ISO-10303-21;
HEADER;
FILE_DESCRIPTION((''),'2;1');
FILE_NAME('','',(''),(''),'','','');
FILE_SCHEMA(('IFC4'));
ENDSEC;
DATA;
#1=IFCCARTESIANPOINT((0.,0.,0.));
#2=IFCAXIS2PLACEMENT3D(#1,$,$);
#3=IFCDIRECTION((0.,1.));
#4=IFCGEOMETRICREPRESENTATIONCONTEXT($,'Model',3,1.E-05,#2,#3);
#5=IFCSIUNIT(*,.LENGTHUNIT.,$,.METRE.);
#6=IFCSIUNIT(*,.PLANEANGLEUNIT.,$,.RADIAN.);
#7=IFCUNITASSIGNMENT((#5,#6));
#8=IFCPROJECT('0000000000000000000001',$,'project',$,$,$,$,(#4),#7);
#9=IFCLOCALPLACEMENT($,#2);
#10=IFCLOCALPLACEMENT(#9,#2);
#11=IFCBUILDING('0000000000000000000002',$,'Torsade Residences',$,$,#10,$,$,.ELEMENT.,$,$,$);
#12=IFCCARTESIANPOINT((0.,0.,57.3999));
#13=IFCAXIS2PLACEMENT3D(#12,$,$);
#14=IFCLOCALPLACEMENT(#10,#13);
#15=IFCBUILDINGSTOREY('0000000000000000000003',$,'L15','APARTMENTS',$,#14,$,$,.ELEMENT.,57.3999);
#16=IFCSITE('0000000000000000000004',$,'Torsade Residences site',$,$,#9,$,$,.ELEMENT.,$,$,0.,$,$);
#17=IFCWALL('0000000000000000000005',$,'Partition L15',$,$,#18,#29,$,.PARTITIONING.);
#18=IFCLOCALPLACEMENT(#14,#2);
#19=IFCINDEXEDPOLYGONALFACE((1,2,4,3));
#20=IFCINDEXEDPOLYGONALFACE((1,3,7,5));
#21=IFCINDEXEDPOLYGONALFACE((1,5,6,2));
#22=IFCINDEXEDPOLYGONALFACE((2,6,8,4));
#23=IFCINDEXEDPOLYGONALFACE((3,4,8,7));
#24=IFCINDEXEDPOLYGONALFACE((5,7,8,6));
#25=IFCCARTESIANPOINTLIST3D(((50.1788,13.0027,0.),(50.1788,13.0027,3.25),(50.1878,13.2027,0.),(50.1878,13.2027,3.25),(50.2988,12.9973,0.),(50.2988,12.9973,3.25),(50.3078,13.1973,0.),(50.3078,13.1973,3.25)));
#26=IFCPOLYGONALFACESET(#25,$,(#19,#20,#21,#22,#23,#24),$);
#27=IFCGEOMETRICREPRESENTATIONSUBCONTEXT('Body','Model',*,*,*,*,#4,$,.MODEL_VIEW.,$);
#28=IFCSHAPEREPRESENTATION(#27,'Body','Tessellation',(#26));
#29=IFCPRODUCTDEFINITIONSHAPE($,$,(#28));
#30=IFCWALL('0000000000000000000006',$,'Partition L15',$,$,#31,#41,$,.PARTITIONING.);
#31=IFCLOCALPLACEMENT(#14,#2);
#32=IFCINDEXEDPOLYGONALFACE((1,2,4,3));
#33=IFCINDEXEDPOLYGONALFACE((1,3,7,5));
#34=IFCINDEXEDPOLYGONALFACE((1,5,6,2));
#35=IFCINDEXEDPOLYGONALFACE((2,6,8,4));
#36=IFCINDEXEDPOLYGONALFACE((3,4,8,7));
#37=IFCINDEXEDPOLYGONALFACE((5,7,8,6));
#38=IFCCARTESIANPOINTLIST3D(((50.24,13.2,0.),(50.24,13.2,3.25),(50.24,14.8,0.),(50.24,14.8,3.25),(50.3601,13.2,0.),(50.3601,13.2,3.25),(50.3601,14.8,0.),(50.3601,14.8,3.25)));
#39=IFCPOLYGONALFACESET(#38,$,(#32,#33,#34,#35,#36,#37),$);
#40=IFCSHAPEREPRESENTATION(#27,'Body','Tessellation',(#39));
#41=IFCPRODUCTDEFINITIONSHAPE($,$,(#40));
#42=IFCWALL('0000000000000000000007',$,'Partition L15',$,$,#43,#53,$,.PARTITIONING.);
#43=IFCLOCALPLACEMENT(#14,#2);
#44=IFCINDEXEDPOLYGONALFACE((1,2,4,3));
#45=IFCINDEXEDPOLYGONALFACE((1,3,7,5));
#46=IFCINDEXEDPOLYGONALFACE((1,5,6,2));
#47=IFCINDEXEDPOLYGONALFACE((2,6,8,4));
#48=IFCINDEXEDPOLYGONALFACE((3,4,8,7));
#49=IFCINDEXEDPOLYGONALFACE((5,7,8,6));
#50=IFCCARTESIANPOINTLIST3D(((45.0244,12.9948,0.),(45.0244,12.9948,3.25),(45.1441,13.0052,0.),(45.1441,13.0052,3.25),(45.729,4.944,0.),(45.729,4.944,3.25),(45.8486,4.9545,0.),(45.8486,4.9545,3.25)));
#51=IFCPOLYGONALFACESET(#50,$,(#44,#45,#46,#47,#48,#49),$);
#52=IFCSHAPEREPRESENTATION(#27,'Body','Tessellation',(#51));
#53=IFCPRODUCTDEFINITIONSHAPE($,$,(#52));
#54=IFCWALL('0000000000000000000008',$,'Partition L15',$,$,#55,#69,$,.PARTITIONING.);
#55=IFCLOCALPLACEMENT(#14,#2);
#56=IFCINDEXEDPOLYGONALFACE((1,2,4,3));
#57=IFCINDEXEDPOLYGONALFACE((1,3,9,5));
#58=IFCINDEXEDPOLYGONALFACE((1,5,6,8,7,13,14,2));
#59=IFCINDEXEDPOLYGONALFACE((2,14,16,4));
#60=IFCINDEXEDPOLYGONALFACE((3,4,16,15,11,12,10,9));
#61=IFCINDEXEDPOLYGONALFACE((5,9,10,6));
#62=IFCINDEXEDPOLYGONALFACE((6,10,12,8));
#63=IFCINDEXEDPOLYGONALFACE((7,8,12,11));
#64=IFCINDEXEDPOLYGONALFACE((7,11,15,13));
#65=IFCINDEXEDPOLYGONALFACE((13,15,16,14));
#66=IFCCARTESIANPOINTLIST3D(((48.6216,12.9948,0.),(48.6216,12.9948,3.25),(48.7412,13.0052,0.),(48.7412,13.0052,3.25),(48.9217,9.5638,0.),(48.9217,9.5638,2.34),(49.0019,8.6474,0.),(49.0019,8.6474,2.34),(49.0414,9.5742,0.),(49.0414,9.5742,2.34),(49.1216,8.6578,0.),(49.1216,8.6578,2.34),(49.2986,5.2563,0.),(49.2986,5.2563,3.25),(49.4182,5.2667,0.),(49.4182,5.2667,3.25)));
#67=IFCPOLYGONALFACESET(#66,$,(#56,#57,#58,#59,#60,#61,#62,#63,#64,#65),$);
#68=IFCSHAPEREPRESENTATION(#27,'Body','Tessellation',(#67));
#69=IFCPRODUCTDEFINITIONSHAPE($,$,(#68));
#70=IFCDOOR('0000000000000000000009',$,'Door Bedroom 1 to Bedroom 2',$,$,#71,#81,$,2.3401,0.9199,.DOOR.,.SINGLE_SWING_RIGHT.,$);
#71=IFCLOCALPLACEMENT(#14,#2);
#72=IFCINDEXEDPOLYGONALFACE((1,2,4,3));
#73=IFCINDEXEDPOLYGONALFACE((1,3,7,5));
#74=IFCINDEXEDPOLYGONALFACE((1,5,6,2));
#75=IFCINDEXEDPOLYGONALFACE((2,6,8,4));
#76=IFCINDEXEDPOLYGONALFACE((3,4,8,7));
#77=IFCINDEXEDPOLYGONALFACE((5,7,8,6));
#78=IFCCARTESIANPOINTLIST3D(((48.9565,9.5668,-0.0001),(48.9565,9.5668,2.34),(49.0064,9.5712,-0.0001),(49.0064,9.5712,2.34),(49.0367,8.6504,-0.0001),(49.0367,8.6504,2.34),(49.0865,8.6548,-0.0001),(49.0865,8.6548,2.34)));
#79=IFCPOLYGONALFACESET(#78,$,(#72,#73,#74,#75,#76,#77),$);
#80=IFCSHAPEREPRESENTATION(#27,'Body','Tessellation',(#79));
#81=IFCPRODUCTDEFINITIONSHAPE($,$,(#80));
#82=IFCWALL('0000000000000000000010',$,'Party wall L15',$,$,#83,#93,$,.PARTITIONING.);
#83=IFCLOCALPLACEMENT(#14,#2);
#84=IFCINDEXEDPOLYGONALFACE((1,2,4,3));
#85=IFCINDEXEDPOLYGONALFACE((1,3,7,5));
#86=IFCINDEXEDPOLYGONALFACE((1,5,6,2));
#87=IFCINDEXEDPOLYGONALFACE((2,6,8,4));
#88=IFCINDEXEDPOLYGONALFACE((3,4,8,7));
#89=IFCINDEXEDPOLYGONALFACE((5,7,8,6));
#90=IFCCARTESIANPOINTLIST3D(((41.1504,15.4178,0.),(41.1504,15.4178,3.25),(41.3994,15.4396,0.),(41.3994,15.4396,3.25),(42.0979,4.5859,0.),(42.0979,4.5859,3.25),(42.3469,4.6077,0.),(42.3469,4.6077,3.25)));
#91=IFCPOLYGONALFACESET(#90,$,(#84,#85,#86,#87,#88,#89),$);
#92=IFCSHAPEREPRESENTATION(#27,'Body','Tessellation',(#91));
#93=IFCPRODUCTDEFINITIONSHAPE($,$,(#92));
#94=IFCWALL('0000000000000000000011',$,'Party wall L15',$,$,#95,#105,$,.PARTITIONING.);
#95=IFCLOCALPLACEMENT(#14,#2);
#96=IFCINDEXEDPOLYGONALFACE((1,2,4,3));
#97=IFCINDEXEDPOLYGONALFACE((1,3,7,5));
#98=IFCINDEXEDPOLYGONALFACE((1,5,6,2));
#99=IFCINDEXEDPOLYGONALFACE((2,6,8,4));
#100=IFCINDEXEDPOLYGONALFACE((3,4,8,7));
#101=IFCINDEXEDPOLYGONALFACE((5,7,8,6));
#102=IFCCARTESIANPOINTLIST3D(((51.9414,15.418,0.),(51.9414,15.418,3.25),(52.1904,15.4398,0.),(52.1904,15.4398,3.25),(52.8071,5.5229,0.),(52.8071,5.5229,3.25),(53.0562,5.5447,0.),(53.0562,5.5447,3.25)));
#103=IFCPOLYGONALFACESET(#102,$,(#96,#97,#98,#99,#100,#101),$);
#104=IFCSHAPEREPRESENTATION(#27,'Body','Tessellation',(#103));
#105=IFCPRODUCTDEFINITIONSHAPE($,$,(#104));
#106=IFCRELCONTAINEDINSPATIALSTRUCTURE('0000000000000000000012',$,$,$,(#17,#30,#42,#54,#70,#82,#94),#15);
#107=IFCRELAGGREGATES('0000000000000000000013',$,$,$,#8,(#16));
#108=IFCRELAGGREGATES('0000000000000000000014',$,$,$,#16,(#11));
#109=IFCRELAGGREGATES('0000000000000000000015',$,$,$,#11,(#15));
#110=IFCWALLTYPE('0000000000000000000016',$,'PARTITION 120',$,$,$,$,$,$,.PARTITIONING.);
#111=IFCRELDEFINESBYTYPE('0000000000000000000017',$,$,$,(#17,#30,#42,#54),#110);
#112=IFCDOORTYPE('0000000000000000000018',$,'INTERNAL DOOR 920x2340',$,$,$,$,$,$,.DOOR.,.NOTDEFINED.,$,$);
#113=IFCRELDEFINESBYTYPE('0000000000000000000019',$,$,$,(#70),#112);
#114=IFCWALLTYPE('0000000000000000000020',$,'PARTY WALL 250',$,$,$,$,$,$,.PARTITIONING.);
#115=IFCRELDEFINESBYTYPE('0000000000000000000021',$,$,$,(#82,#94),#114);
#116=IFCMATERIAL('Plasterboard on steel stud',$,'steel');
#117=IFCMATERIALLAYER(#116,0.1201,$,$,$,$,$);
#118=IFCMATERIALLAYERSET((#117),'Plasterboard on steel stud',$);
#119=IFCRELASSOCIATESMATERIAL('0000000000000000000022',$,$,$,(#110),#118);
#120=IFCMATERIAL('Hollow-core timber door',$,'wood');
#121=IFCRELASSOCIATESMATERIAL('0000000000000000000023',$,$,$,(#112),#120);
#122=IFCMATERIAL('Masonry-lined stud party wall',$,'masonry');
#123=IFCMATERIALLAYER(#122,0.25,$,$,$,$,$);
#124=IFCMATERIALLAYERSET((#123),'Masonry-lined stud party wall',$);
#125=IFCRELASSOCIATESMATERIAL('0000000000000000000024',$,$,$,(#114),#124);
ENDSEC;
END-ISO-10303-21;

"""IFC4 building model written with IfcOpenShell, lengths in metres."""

from ifc_helpers import new_model, si_unit, direction, frame, frame_2d, origin, place, context, subcontext, project, spatial, rectangle, extrude, material, layer, layer_set, type_object, element, fill, save


model = new_model("IFC4")

# Units and contexts
model_context = context("Model", 3, precision=1e-05, world=origin(), true_north=direction((0.0, 1.0)))
body_context = subcontext(model_context, "Body", "Model", "MODEL_VIEW")
ifc_project = project(units=[si_unit("LENGTHUNIT", "METRE"), si_unit("PLANEANGLEUNIT", "RADIAN")], contexts=[model_context])

# Site, building, storey
site_placement = place(None, origin())
site = spatial("IfcSite", under=ifc_project, at=site_placement, Name="Torsade Residences site", CompositionType="ELEMENT", RefElevation=0.0)
building_placement = place(site_placement, origin())
building = spatial("IfcBuilding", under=site, at=building_placement, Name="Torsade Residences", CompositionType="ELEMENT")
storey_placement = place(building_placement, frame((0.0, 0.0, 57.3999)))
storey = spatial("IfcBuildingStorey", under=building, at=storey_placement, Name="L15", Description="APARTMENTS", CompositionType="ELEMENT", Elevation=57.3999)

# Shared definitions
ifc_material_1 = material(Name="Plasterboard on steel stud", Category="steel")
ifc_layer_1 = layer(ifc_material_1, 0.1201)
ifc_layer_set_1 = layer_set([ifc_layer_1], Name="Plasterboard on steel stud")
wall_type_1 = type_object("IfcWallType", Name="PARTITION 120", PredefinedType="PARTITIONING", material=ifc_layer_set_1)
ifc_material_2 = material(Name="Hollow-core timber door", Category="wood")
door_type_1 = type_object("IfcDoorType", Name="INTERNAL DOOR 920x2340", OperationType="NOTDEFINED", PredefinedType="DOOR", material=ifc_material_2)

# Walls
wall_1_placement = place(storey_placement, frame((50.2388, 13.0, 0.0), z_axis=(0.0, 0.0, 1.0), x_axis=(0.045131, 0.998981, 0.0)))
element("IfcWall", 1, at=wall_1_placement, inside=storey, type_object=wall_type_1, Name="Partition L15", PredefinedType="PARTITIONING", context=body_context, shape_type="SweptSolid", body=[
    extrude(rectangle(XDim=0.2002, YDim=0.1201, at=frame_2d((0.1001, 0.0))), origin(), (0.0, 0.0, 1.0), 3.25),
])
wall_2_placement = place(storey_placement, frame((50.3, 13.2, 0.0), z_axis=(0.0, 0.0, 1.0), x_axis=(0.0, 1.0, 0.0)))
element("IfcWall", 2, at=wall_2_placement, inside=storey, type_object=wall_type_1, Name="Partition L15", PredefinedType="PARTITIONING", context=body_context, shape_type="SweptSolid", body=[
    extrude(rectangle(XDim=1.6001, YDim=0.1201, at=frame_2d((0.8, 0.0))), origin(), (0.0, 0.0, 1.0), 3.25),
])
wall_3_placement = place(storey_placement, frame((45.0842, 13.0, 0.0), z_axis=(0.0, 0.0, 1.0), x_axis=(0.087185, -0.996192, 0.0)))
element("IfcWall", 3, at=wall_3_placement, inside=storey, type_object=wall_type_1, Name="Partition L15", PredefinedType="PARTITIONING", context=body_context, shape_type="SweptSolid", body=[
    extrude(rectangle(XDim=8.0815, YDim=0.1201, at=frame_2d((4.0408, 0.0))), origin(), (0.0, 0.0, 1.0), 3.25),
])

# Wall, opening, door
wall_4_placement = place(storey_placement, frame((48.6814, 13.0, 0.0), z_axis=(0.0, 0.0, 1.0), x_axis=(0.087152, -0.996195, 0.0)))
wall_4 = element("IfcWall", 4, at=wall_4_placement, inside=storey, type_object=wall_type_1, Name="Partition L15", PredefinedType="PARTITIONING", context=body_context, shape_type="SweptSolid", body=[
    extrude(rectangle(XDim=7.7681, YDim=0.1201, at=frame_2d((3.884, 0.0))), origin(), (0.0, 0.0, 1.0), 3.25),
])
opening_1_placement = place(wall_4_placement, frame((3.4441, 0.0, 0.0)))
opening_1 = element("IfcOpeningElement", 5, at=opening_1_placement, cuts=wall_4, PredefinedType="OPENING", context=body_context, shape_type="SweptSolid", body=[
    extrude(rectangle(XDim=0.9199, YDim=2.3401, at=frame_2d((0.46, 1.1699))), frame((0.0, 0.0701, 0.0), z_axis=(0.0, -1.0, 0.0), x_axis=(1.0, 0.0, 0.0)), (0.0, 0.0, 1.0), 0.1401),
])
door_1_placement = place(opening_1_placement, origin())
door_1 = element("IfcDoor", 6, at=door_1_placement, inside=storey, type_object=door_type_1, Name="Door Bedroom 1 to Bedroom 2", OperationType="SINGLE_SWING_RIGHT", OverallHeight=2.3401, OverallWidth=0.9199, PredefinedType="DOOR", context=body_context, shape_type="SweptSolid", body=[
    extrude(rectangle(XDim=0.9199, YDim=2.3401, at=frame_2d((0.46, 1.1699))), frame((0.0, 0.0249, 0.0), z_axis=(0.0, -1.0, 0.0), x_axis=(1.0, 0.0, 0.0)), (0.0, 0.0, 1.0), 0.05),
])
fill(opening_1, door_1)

# Walls
ifc_material_3 = material(Name="Masonry-lined stud party wall", Category="masonry")
ifc_layer_2 = layer(ifc_material_3, 0.25)
ifc_layer_set_2 = layer_set([ifc_layer_2], Name="Masonry-lined stud party wall")
wall_type_2 = type_object("IfcWallType", Name="PARTY WALL 250", PredefinedType="PARTITIONING", material=ifc_layer_set_2)
wall_5_placement = place(storey_placement, frame((42.2224, 4.5969, 0.0), z_axis=(0.0, 0.0, 1.0), x_axis=(-0.08714, 0.996196, 0.0)))
element("IfcWall", 7, at=wall_5_placement, inside=storey, type_object=wall_type_2, Name="Party wall L15", PredefinedType="PARTITIONING", context=body_context, shape_type="SweptSolid", body=[
    extrude(rectangle(XDim=10.8733, YDim=0.25, at=frame_2d((5.4365, 0.0))), origin(), (0.0, 0.0, 1.0), 3.25),
])
wall_6_placement = place(storey_placement, frame((52.9316, 5.5339, 0.0), z_axis=(0.0, 0.0, 1.0), x_axis=(-0.087158, 0.996195, 0.0)))
element("IfcWall", 8, at=wall_6_placement, inside=storey, type_object=wall_type_2, Name="Party wall L15", PredefinedType="PARTITIONING", context=body_context, shape_type="SweptSolid", body=[
    extrude(rectangle(XDim=9.9329, YDim=0.25, at=frame_2d((4.9663, 0.0))), origin(), (0.0, 0.0, 1.0), 3.25),
])

save(model, "model.ifc")
